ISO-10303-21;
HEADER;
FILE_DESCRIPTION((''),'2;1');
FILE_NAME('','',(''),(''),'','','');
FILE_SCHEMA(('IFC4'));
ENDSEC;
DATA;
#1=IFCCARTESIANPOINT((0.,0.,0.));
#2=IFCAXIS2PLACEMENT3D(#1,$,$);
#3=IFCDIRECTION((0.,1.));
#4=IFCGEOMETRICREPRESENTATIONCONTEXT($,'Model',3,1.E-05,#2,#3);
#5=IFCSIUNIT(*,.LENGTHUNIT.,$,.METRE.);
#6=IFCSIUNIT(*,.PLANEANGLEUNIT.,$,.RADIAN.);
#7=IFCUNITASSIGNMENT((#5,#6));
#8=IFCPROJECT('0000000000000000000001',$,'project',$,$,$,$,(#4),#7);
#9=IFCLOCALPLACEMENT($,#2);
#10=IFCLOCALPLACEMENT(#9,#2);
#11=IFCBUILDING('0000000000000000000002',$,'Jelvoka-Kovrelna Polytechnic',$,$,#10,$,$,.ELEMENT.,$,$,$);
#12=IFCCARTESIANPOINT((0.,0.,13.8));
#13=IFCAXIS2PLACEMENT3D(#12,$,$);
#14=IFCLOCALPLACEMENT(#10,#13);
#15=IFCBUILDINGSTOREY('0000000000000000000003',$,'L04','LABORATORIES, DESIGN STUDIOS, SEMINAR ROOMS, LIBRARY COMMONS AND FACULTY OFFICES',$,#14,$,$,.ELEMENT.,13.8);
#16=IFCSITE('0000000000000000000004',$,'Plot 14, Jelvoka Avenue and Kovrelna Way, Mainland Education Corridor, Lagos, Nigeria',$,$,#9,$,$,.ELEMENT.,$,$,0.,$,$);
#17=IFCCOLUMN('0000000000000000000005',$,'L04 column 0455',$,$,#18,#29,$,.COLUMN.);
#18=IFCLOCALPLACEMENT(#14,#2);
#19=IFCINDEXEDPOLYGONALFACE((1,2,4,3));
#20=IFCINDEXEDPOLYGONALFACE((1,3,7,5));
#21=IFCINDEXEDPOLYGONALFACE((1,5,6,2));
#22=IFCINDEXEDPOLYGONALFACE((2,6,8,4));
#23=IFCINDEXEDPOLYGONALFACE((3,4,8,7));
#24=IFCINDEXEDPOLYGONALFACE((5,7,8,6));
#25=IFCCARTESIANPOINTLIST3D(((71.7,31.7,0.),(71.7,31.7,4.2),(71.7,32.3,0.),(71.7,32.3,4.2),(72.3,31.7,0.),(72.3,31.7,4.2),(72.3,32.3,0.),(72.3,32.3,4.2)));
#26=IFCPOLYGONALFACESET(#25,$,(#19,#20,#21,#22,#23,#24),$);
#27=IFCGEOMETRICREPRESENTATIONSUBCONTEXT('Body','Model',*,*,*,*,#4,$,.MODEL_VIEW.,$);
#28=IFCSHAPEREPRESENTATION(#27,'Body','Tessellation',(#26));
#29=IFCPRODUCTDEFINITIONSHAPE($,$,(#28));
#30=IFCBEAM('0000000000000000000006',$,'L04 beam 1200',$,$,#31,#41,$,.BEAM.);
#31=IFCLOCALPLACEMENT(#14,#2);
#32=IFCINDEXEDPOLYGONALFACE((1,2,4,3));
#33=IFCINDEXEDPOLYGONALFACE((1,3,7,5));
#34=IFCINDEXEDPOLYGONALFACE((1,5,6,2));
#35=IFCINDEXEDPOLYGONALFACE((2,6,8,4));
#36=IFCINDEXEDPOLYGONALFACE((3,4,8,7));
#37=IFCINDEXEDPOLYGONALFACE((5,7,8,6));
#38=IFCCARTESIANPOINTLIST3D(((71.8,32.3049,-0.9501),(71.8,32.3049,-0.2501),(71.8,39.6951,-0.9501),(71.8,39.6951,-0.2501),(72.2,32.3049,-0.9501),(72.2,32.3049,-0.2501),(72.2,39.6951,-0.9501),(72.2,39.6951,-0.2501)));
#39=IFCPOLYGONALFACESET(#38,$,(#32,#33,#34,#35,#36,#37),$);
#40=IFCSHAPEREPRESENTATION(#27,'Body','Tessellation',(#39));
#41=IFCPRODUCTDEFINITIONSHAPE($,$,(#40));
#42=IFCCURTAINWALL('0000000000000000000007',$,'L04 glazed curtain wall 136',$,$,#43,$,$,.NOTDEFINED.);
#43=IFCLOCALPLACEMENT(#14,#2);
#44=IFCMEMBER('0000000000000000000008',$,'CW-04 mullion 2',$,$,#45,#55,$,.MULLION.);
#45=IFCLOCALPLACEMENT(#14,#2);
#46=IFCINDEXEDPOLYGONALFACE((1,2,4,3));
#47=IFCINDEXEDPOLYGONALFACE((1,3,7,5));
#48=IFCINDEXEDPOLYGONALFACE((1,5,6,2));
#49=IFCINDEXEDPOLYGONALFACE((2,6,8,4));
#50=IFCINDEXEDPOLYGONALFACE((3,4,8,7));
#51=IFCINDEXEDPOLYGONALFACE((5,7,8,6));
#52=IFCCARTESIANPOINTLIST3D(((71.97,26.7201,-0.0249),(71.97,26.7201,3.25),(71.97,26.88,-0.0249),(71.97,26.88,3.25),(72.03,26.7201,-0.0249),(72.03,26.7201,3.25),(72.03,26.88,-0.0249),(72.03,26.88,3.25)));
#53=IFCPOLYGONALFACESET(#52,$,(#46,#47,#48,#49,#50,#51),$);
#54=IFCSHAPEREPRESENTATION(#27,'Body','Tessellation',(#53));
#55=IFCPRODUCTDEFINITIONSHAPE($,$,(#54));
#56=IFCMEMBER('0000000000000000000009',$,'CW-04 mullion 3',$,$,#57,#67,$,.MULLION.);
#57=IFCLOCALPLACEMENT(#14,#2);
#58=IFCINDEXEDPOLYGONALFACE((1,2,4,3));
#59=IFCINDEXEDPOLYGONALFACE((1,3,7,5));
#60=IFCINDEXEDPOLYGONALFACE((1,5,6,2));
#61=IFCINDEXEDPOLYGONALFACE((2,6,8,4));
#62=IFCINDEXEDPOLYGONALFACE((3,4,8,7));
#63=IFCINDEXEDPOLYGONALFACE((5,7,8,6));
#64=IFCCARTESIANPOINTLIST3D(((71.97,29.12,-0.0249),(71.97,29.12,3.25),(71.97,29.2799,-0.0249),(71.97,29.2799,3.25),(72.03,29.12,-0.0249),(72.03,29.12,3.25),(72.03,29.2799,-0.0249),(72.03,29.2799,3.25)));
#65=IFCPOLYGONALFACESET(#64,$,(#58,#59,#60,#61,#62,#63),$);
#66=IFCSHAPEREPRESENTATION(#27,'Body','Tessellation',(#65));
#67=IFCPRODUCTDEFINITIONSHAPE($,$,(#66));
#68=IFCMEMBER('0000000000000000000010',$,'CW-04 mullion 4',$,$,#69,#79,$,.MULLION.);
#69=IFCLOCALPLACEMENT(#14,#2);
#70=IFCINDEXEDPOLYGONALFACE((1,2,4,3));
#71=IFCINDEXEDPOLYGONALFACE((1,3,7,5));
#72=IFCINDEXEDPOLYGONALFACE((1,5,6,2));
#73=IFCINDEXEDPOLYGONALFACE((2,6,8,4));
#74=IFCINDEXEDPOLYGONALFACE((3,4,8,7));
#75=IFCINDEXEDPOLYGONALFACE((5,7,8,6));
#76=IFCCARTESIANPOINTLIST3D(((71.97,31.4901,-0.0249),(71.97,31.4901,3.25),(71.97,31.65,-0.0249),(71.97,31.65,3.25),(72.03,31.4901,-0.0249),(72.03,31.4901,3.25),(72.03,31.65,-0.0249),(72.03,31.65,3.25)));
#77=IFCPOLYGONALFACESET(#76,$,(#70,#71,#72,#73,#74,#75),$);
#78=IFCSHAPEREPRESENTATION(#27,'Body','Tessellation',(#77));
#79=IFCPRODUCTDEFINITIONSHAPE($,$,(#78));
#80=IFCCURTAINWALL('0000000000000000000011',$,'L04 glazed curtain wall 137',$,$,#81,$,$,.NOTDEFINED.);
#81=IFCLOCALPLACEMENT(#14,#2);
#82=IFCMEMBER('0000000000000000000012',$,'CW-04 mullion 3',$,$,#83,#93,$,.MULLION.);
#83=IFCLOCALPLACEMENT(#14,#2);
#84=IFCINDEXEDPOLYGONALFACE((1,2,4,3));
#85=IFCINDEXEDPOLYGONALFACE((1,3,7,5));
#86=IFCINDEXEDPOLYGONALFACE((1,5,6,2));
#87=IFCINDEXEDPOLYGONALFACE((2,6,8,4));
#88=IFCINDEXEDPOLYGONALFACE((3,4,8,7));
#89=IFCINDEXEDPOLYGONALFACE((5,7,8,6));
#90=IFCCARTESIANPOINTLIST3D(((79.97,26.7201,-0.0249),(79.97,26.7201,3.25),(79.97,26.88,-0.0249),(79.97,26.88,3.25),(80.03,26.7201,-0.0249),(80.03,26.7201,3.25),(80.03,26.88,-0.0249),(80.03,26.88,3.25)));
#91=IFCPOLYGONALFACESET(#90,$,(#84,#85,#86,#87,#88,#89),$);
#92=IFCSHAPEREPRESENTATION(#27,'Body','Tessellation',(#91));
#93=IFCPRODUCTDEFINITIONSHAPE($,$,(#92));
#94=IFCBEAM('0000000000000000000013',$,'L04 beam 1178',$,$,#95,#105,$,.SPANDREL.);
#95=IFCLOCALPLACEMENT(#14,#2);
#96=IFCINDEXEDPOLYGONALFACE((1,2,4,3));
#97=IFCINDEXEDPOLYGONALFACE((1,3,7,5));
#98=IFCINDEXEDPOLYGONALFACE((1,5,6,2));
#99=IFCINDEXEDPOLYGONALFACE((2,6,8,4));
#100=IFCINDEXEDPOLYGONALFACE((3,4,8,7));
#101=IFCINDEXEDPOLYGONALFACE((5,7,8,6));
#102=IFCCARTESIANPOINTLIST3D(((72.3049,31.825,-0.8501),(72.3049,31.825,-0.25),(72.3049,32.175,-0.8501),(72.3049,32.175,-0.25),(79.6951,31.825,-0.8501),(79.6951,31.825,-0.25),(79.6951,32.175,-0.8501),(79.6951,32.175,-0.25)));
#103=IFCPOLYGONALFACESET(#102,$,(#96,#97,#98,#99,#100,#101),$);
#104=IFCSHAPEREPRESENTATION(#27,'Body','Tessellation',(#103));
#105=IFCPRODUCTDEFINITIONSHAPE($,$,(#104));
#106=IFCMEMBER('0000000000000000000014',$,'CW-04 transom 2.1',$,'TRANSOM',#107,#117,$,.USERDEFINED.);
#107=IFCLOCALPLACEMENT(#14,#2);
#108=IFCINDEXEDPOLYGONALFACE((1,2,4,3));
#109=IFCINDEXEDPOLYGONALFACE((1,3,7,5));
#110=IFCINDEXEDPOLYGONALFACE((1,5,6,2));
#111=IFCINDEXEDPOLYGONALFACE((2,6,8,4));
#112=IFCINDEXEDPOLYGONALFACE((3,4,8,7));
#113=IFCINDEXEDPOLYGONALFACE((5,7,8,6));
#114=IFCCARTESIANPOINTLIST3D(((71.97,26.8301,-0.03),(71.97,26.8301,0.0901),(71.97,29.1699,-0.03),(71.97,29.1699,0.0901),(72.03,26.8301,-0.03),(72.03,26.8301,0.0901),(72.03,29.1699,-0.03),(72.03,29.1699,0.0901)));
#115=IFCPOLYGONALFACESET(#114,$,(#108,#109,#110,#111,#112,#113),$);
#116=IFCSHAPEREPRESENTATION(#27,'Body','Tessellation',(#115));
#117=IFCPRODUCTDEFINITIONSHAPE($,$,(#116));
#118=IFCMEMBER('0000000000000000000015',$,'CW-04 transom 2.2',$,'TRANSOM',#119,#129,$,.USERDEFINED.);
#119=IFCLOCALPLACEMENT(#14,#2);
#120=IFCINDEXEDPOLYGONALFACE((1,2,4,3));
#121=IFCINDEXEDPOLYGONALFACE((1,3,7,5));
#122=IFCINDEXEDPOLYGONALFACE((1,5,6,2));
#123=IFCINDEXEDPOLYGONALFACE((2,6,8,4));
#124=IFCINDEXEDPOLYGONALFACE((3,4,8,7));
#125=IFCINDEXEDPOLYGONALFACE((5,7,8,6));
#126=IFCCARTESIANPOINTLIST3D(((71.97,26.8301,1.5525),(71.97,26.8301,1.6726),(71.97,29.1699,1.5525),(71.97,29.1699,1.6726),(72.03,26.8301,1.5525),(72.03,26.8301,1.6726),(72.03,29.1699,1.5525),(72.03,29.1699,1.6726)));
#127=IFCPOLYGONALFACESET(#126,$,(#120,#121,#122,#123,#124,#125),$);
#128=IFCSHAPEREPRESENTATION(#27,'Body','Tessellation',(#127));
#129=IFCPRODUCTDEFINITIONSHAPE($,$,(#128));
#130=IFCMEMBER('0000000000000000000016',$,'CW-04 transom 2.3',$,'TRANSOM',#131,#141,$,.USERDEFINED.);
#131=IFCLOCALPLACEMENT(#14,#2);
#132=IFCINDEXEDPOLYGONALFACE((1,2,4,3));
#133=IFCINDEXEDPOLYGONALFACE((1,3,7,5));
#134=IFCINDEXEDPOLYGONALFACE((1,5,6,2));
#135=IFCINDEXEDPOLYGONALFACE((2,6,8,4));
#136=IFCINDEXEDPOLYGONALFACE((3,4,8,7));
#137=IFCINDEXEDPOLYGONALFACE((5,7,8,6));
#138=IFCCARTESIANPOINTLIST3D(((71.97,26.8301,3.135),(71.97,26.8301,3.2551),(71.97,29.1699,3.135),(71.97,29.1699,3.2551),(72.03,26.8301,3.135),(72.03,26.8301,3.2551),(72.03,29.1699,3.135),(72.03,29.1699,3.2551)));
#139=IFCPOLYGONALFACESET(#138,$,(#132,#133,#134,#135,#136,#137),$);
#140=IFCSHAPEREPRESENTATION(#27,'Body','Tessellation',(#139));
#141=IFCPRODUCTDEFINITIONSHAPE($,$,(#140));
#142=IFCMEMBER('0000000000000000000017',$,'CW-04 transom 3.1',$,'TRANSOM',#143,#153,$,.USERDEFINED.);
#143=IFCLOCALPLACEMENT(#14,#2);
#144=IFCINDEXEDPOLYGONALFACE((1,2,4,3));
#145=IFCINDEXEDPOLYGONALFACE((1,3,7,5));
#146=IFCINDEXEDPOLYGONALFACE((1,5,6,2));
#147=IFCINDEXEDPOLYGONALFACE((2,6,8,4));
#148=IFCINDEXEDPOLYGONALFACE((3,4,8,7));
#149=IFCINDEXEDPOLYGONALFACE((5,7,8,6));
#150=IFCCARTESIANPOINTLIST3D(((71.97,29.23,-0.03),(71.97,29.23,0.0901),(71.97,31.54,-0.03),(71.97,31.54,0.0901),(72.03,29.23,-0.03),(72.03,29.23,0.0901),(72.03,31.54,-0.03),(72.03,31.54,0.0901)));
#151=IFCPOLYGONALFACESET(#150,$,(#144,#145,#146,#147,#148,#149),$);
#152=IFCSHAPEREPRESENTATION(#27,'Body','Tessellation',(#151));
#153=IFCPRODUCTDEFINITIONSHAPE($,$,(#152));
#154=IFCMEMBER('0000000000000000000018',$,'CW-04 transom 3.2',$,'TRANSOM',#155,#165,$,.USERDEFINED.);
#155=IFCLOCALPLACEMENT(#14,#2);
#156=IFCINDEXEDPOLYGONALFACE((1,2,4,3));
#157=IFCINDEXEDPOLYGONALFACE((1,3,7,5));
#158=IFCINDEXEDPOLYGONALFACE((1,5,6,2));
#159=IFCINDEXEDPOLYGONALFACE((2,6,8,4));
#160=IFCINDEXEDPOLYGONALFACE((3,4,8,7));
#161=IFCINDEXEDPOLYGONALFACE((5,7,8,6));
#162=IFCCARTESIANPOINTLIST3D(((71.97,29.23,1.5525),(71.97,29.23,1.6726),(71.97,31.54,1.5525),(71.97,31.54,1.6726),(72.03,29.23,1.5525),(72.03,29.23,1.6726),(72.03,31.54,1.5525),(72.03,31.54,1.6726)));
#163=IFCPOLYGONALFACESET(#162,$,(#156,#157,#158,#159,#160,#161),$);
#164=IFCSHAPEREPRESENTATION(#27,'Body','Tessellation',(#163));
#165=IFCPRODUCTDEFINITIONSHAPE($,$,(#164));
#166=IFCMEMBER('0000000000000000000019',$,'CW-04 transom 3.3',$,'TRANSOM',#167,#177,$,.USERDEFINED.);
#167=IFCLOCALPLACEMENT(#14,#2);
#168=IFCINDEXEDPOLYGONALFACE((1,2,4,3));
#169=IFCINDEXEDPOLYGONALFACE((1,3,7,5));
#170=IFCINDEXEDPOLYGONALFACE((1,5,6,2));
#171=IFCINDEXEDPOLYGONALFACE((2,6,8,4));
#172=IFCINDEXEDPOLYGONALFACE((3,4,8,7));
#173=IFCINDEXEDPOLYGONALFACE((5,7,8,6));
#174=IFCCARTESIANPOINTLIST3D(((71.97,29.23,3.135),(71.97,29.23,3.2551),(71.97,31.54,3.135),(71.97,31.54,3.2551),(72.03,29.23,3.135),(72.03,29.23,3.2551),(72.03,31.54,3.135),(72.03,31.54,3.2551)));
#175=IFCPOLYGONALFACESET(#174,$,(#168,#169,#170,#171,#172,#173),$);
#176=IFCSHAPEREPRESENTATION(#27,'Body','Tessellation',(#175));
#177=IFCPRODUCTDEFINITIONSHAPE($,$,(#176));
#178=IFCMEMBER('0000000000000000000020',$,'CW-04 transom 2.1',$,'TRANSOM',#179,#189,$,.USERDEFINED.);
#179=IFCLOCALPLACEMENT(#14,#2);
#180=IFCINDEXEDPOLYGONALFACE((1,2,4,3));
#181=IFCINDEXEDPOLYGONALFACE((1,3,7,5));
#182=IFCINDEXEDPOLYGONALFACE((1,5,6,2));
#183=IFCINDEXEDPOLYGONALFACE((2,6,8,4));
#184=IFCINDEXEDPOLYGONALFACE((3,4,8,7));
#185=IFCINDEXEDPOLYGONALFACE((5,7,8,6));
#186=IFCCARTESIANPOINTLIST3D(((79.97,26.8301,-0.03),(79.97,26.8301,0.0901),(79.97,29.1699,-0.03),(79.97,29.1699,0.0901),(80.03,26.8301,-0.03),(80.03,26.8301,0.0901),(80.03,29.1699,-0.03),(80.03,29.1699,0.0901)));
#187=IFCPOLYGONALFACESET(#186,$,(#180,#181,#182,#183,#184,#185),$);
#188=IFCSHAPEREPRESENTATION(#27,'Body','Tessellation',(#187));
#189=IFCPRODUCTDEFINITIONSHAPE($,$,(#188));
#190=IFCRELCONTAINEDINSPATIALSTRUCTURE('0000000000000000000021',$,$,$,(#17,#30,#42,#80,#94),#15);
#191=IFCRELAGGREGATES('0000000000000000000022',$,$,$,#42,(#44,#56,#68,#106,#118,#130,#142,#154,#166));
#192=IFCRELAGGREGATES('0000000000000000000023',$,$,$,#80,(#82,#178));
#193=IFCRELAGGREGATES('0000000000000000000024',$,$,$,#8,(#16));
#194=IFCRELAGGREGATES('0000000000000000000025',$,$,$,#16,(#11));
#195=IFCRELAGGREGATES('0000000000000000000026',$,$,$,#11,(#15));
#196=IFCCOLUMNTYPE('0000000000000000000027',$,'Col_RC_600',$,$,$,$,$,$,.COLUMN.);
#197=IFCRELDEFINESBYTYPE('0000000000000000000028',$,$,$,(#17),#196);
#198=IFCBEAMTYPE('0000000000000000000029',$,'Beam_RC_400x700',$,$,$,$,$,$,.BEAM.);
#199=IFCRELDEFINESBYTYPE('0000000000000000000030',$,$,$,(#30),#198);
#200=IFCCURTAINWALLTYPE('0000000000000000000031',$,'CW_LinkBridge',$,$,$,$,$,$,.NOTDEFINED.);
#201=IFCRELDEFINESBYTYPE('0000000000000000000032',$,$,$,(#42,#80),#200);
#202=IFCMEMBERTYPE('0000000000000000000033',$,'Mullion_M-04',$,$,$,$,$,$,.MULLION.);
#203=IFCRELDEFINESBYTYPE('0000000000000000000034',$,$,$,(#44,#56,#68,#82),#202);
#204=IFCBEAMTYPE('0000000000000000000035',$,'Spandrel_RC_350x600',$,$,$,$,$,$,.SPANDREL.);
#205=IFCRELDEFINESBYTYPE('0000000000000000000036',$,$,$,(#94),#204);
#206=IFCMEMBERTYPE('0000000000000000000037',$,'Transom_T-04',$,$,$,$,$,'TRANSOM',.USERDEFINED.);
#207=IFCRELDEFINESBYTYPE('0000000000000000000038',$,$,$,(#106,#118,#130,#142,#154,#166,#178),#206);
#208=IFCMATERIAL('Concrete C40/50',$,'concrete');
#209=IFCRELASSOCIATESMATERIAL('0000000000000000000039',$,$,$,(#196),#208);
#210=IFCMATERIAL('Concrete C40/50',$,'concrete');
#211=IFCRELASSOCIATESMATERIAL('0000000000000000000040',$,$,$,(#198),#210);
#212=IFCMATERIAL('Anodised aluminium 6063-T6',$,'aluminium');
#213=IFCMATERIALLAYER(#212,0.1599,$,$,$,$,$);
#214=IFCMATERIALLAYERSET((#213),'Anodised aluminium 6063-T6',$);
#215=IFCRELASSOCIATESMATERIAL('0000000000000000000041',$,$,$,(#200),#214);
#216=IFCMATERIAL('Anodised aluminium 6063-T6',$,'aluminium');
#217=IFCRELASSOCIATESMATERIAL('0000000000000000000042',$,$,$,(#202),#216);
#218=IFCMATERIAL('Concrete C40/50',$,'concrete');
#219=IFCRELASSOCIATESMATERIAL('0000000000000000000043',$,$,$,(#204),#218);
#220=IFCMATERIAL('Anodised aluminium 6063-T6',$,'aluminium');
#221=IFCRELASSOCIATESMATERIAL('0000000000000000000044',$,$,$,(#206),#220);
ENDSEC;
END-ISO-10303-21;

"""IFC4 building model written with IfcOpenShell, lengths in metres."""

from ifc_helpers import new_model, si_unit, direction, frame, origin, origin_2d, place, context, subcontext, project, spatial, rectangle, extrude, material, layer, layer_set, material_profile, profile_set, type_object, element, aggregate, save


model = new_model("IFC4")

# Units and contexts
model_context = context("Model", 3, precision=1e-05, world=origin(), true_north=direction((0.0, 1.0)))
body_context = subcontext(model_context, "Body", "Model", "MODEL_VIEW")
ifc_project = project(units=[si_unit("LENGTHUNIT", "METRE"), si_unit("PLANEANGLEUNIT", "RADIAN")], contexts=[model_context])

# Site, building, storey
site_placement = place(None, origin())
site = spatial("IfcSite", under=ifc_project, at=site_placement, Name="Plot 14, Jelvoka Avenue and Kovrelna Way, Mainland Education Corridor, Lagos, Nigeria", CompositionType="ELEMENT", RefElevation=0.0)
building_placement = place(site_placement, origin())
building = spatial("IfcBuilding", under=site, at=building_placement, Name="Jelvoka-Kovrelna Polytechnic", CompositionType="ELEMENT")
storey_placement = place(building_placement, frame((0.0, 0.0, 13.8)))
storey = spatial("IfcBuildingStorey", under=building, at=storey_placement, Name="L04", Description="LABORATORIES, DESIGN STUDIOS, SEMINAR ROOMS, LIBRARY COMMONS AND FACULTY OFFICES", CompositionType="ELEMENT", Elevation=13.8)

# Column
ifc_material_1 = material(Name="Concrete C40/50", Category="concrete")
ifc_material_profile_1 = material_profile(ifc_material_1, rectangle(XDim=0.6001, YDim=0.6001, at=origin_2d()), Name="RC 600x600")
ifc_profile_set_1 = profile_set([ifc_material_profile_1], Name="Concrete C40/50")
column_type = type_object("IfcColumnType", Name="Col_RC_600", PredefinedType="COLUMN", material=ifc_profile_set_1)
column_placement = place(storey_placement, frame((72.0, 32.0, 0.0), z_axis=(0.0, 0.0, 1.0), x_axis=(1.0, 0.0, 0.0)))
element("IfcColumn", 1, at=column_placement, inside=storey, type_object=column_type, Name="L04 column 0455", PredefinedType="COLUMN", context=body_context, shape_type="SweptSolid", body=[
    extrude(rectangle(XDim=0.6001, YDim=0.6001, at=origin_2d()), origin(), (0.0, 0.0, 1.0), 4.2),
])

# Beam
ifc_material_2 = material(Name="Concrete C40/50", Category="concrete")
ifc_material_profile_2 = material_profile(ifc_material_2, rectangle(XDim=0.3999, YDim=0.7, at=origin_2d()), Name="RC 400x700")
ifc_profile_set_2 = profile_set([ifc_material_profile_2], Name="Concrete C40/50")
beam_type_1 = type_object("IfcBeamType", Name="Beam_RC_400x700", PredefinedType="BEAM", material=ifc_profile_set_2)
beam_1_placement = place(storey_placement, frame((72.0, 32.3049, -0.6001), z_axis=(0.0, 1.0, 0.0), x_axis=(-1.0, 0.0, 0.0)))
element("IfcBeam", 2, at=beam_1_placement, inside=storey, type_object=beam_type_1, Name="L04 beam 1200", PredefinedType="BEAM", context=body_context, shape_type="SweptSolid", body=[
    extrude(rectangle(XDim=0.3999, YDim=0.7, at=origin_2d()), origin(), (0.0, 0.0, 1.0), 7.3901),
])

# Curtain wall, members
ifc_material_3 = material(Name="Anodised aluminium 6063-T6", Category="aluminium")
ifc_layer_1 = layer(ifc_material_3, 0.1599)
ifc_layer_set_1 = layer_set([ifc_layer_1], Name="Anodised aluminium 6063-T6")
curtain_wall_type = type_object("IfcCurtainWallType", Name="CW_LinkBridge", PredefinedType="NOTDEFINED", material=ifc_layer_set_1)
curtain_wall_1_placement = place(storey_placement, origin())
curtain_wall_1 = element("IfcCurtainWall", 3, at=curtain_wall_1_placement, inside=storey, type_object=curtain_wall_type, Name="L04 glazed curtain wall 136", PredefinedType="NOTDEFINED")
ifc_material_4 = material(Name="Anodised aluminium 6063-T6", Category="aluminium")
ifc_material_profile_3 = material_profile(ifc_material_4, rectangle(XDim=0.0601, YDim=0.1599, at=origin_2d()), Name="ALU 60x160")
ifc_profile_set_3 = profile_set([ifc_material_profile_3], Name="Anodised aluminium 6063-T6")
member_type_1 = type_object("IfcMemberType", Name="Mullion_M-04", PredefinedType="MULLION", material=ifc_profile_set_3)
member_1_placement = place(storey_placement, frame((72.0, 26.8, -0.0249), z_axis=(0.0, 0.0, 1.0), x_axis=(-1.0, 0.0, 0.0)))
member_1 = element("IfcMember", 4, at=member_1_placement, type_object=member_type_1, Name="CW-04 mullion 2", PredefinedType="MULLION", context=body_context, shape_type="SweptSolid", body=[
    extrude(rectangle(XDim=0.0601, YDim=0.1599, at=origin_2d()), origin(), (0.0, 0.0, 1.0), 3.2749),
])
member_2_placement = place(storey_placement, frame((72.0, 29.2, -0.0249), z_axis=(0.0, 0.0, 1.0), x_axis=(-1.0, 0.0, 0.0)))
member_2 = element("IfcMember", 5, at=member_2_placement, type_object=member_type_1, Name="CW-04 mullion 3", PredefinedType="MULLION", context=body_context, shape_type="SweptSolid", body=[
    extrude(rectangle(XDim=0.0601, YDim=0.1599, at=origin_2d()), origin(), (0.0, 0.0, 1.0), 3.2749),
])
member_3_placement = place(storey_placement, frame((72.0, 31.5701, -0.0249), z_axis=(0.0, 0.0, 1.0), x_axis=(-1.0, 0.0, 0.0)))
member_3 = element("IfcMember", 6, at=member_3_placement, type_object=member_type_1, Name="CW-04 mullion 4", PredefinedType="MULLION", context=body_context, shape_type="SweptSolid", body=[
    extrude(rectangle(XDim=0.0601, YDim=0.1599, at=origin_2d()), origin(), (0.0, 0.0, 1.0), 3.2749),
])

# Curtain wall, member
curtain_wall_2_placement = place(storey_placement, origin())
curtain_wall_2 = element("IfcCurtainWall", 7, at=curtain_wall_2_placement, inside=storey, type_object=curtain_wall_type, Name="L04 glazed curtain wall 137", PredefinedType="NOTDEFINED")
member_4_placement = place(storey_placement, frame((80.0, 26.8, -0.0249), z_axis=(0.0, 0.0, 1.0), x_axis=(1.0, 0.0, 0.0)))
member_4 = element("IfcMember", 8, at=member_4_placement, type_object=member_type_1, Name="CW-04 mullion 3", PredefinedType="MULLION", context=body_context, shape_type="SweptSolid", body=[
    extrude(rectangle(XDim=0.0601, YDim=0.1599, at=origin_2d()), origin(), (0.0, 0.0, 1.0), 3.2749),
])

# Beam
ifc_material_5 = material(Name="Concrete C40/50", Category="concrete")
ifc_material_profile_4 = material_profile(ifc_material_5, rectangle(XDim=0.3501, YDim=0.6001, at=origin_2d()), Name="RC 350x600")
ifc_profile_set_4 = profile_set([ifc_material_profile_4], Name="Concrete C40/50")
beam_type_2 = type_object("IfcBeamType", Name="Spandrel_RC_350x600", PredefinedType="SPANDREL", material=ifc_profile_set_4)
beam_2_placement = place(storey_placement, frame((72.3049, 32.0, -0.55), z_axis=(1.0, 0.0, 0.0), x_axis=(0.0, 1.0, 0.0)))
element("IfcBeam", 9, at=beam_2_placement, inside=storey, type_object=beam_type_2, Name="L04 beam 1178", PredefinedType="SPANDREL", context=body_context, shape_type="SweptSolid", body=[
    extrude(rectangle(XDim=0.3501, YDim=0.6001, at=origin_2d()), origin(), (0.0, 0.0, 1.0), 7.3901),
])

# Members
ifc_material_6 = material(Name="Anodised aluminium 6063-T6", Category="aluminium")
ifc_material_profile_5 = material_profile(ifc_material_6, rectangle(XDim=0.0601, YDim=0.1201, at=origin_2d()), Name="ALU 60x120")
ifc_profile_set_5 = profile_set([ifc_material_profile_5], Name="Anodised aluminium 6063-T6")
member_type_2 = type_object("IfcMemberType", Name="Transom_T-04", ElementType="TRANSOM", PredefinedType="USERDEFINED", material=ifc_profile_set_5)
member_5_placement = place(storey_placement, frame((72.0, 26.8301, 0.03), z_axis=(0.0, 1.0, 0.0), x_axis=(-1.0, 0.0, 0.0)))
member_5 = element("IfcMember", 10, at=member_5_placement, type_object=member_type_2, Name="CW-04 transom 2.1", ObjectType="TRANSOM", PredefinedType="USERDEFINED", context=body_context, shape_type="SweptSolid", body=[
    extrude(rectangle(XDim=0.0601, YDim=0.1201, at=origin_2d()), origin(), (0.0, 0.0, 1.0), 2.3398),
])
member_6_placement = place(storey_placement, frame((72.0, 26.8301, 1.6125), z_axis=(0.0, 1.0, 0.0), x_axis=(-1.0, 0.0, 0.0)))
member_6 = element("IfcMember", 11, at=member_6_placement, type_object=member_type_2, Name="CW-04 transom 2.2", ObjectType="TRANSOM", PredefinedType="USERDEFINED", context=body_context, shape_type="SweptSolid", body=[
    extrude(rectangle(XDim=0.0601, YDim=0.1201, at=origin_2d()), origin(), (0.0, 0.0, 1.0), 2.3398),
])
member_7_placement = place(storey_placement, frame((72.0, 26.8301, 3.1951), z_axis=(0.0, 1.0, 0.0), x_axis=(-1.0, 0.0, 0.0)))
member_7 = element("IfcMember", 12, at=member_7_placement, type_object=member_type_2, Name="CW-04 transom 2.3", ObjectType="TRANSOM", PredefinedType="USERDEFINED", context=body_context, shape_type="SweptSolid", body=[
    extrude(rectangle(XDim=0.0601, YDim=0.1201, at=origin_2d()), origin(), (0.0, 0.0, 1.0), 2.3398),
])
member_8_placement = place(storey_placement, frame((72.0, 29.23, 0.03), z_axis=(0.0, 1.0, 0.0), x_axis=(-1.0, 0.0, 0.0)))
member_8 = element("IfcMember", 13, at=member_8_placement, type_object=member_type_2, Name="CW-04 transom 3.1", ObjectType="TRANSOM", PredefinedType="USERDEFINED", context=body_context, shape_type="SweptSolid", body=[
    extrude(rectangle(XDim=0.0601, YDim=0.1201, at=origin_2d()), origin(), (0.0, 0.0, 1.0), 2.3101),
])
member_9_placement = place(storey_placement, frame((72.0, 29.23, 1.6125), z_axis=(0.0, 1.0, 0.0), x_axis=(-1.0, 0.0, 0.0)))
member_9 = element("IfcMember", 14, at=member_9_placement, type_object=member_type_2, Name="CW-04 transom 3.2", ObjectType="TRANSOM", PredefinedType="USERDEFINED", context=body_context, shape_type="SweptSolid", body=[
    extrude(rectangle(XDim=0.0601, YDim=0.1201, at=origin_2d()), origin(), (0.0, 0.0, 1.0), 2.3101),
])
member_10_placement = place(storey_placement, frame((72.0, 29.23, 3.1951), z_axis=(0.0, 1.0, 0.0), x_axis=(-1.0, 0.0, 0.0)))
member_10 = element("IfcMember", 15, at=member_10_placement, type_object=member_type_2, Name="CW-04 transom 3.3", ObjectType="TRANSOM", PredefinedType="USERDEFINED", context=body_context, shape_type="SweptSolid", body=[
    extrude(rectangle(XDim=0.0601, YDim=0.1201, at=origin_2d()), origin(), (0.0, 0.0, 1.0), 2.3101),
])
member_11_placement = place(storey_placement, frame((80.0, 29.1699, 0.03), z_axis=(0.0, -1.0, 0.0), x_axis=(1.0, 0.0, 0.0)))
member_11 = element("IfcMember", 16, at=member_11_placement, type_object=member_type_2, Name="CW-04 transom 2.1", ObjectType="TRANSOM", PredefinedType="USERDEFINED", context=body_context, shape_type="SweptSolid", body=[
    extrude(rectangle(XDim=0.0601, YDim=0.1201, at=origin_2d()), origin(), (0.0, 0.0, 1.0), 2.3398),
])

aggregate(curtain_wall_1, [member_1, member_2, member_3, member_5, member_6, member_7, member_8, member_9, member_10])
aggregate(curtain_wall_2, [member_4, member_11])

save(model, "model.ifc")
